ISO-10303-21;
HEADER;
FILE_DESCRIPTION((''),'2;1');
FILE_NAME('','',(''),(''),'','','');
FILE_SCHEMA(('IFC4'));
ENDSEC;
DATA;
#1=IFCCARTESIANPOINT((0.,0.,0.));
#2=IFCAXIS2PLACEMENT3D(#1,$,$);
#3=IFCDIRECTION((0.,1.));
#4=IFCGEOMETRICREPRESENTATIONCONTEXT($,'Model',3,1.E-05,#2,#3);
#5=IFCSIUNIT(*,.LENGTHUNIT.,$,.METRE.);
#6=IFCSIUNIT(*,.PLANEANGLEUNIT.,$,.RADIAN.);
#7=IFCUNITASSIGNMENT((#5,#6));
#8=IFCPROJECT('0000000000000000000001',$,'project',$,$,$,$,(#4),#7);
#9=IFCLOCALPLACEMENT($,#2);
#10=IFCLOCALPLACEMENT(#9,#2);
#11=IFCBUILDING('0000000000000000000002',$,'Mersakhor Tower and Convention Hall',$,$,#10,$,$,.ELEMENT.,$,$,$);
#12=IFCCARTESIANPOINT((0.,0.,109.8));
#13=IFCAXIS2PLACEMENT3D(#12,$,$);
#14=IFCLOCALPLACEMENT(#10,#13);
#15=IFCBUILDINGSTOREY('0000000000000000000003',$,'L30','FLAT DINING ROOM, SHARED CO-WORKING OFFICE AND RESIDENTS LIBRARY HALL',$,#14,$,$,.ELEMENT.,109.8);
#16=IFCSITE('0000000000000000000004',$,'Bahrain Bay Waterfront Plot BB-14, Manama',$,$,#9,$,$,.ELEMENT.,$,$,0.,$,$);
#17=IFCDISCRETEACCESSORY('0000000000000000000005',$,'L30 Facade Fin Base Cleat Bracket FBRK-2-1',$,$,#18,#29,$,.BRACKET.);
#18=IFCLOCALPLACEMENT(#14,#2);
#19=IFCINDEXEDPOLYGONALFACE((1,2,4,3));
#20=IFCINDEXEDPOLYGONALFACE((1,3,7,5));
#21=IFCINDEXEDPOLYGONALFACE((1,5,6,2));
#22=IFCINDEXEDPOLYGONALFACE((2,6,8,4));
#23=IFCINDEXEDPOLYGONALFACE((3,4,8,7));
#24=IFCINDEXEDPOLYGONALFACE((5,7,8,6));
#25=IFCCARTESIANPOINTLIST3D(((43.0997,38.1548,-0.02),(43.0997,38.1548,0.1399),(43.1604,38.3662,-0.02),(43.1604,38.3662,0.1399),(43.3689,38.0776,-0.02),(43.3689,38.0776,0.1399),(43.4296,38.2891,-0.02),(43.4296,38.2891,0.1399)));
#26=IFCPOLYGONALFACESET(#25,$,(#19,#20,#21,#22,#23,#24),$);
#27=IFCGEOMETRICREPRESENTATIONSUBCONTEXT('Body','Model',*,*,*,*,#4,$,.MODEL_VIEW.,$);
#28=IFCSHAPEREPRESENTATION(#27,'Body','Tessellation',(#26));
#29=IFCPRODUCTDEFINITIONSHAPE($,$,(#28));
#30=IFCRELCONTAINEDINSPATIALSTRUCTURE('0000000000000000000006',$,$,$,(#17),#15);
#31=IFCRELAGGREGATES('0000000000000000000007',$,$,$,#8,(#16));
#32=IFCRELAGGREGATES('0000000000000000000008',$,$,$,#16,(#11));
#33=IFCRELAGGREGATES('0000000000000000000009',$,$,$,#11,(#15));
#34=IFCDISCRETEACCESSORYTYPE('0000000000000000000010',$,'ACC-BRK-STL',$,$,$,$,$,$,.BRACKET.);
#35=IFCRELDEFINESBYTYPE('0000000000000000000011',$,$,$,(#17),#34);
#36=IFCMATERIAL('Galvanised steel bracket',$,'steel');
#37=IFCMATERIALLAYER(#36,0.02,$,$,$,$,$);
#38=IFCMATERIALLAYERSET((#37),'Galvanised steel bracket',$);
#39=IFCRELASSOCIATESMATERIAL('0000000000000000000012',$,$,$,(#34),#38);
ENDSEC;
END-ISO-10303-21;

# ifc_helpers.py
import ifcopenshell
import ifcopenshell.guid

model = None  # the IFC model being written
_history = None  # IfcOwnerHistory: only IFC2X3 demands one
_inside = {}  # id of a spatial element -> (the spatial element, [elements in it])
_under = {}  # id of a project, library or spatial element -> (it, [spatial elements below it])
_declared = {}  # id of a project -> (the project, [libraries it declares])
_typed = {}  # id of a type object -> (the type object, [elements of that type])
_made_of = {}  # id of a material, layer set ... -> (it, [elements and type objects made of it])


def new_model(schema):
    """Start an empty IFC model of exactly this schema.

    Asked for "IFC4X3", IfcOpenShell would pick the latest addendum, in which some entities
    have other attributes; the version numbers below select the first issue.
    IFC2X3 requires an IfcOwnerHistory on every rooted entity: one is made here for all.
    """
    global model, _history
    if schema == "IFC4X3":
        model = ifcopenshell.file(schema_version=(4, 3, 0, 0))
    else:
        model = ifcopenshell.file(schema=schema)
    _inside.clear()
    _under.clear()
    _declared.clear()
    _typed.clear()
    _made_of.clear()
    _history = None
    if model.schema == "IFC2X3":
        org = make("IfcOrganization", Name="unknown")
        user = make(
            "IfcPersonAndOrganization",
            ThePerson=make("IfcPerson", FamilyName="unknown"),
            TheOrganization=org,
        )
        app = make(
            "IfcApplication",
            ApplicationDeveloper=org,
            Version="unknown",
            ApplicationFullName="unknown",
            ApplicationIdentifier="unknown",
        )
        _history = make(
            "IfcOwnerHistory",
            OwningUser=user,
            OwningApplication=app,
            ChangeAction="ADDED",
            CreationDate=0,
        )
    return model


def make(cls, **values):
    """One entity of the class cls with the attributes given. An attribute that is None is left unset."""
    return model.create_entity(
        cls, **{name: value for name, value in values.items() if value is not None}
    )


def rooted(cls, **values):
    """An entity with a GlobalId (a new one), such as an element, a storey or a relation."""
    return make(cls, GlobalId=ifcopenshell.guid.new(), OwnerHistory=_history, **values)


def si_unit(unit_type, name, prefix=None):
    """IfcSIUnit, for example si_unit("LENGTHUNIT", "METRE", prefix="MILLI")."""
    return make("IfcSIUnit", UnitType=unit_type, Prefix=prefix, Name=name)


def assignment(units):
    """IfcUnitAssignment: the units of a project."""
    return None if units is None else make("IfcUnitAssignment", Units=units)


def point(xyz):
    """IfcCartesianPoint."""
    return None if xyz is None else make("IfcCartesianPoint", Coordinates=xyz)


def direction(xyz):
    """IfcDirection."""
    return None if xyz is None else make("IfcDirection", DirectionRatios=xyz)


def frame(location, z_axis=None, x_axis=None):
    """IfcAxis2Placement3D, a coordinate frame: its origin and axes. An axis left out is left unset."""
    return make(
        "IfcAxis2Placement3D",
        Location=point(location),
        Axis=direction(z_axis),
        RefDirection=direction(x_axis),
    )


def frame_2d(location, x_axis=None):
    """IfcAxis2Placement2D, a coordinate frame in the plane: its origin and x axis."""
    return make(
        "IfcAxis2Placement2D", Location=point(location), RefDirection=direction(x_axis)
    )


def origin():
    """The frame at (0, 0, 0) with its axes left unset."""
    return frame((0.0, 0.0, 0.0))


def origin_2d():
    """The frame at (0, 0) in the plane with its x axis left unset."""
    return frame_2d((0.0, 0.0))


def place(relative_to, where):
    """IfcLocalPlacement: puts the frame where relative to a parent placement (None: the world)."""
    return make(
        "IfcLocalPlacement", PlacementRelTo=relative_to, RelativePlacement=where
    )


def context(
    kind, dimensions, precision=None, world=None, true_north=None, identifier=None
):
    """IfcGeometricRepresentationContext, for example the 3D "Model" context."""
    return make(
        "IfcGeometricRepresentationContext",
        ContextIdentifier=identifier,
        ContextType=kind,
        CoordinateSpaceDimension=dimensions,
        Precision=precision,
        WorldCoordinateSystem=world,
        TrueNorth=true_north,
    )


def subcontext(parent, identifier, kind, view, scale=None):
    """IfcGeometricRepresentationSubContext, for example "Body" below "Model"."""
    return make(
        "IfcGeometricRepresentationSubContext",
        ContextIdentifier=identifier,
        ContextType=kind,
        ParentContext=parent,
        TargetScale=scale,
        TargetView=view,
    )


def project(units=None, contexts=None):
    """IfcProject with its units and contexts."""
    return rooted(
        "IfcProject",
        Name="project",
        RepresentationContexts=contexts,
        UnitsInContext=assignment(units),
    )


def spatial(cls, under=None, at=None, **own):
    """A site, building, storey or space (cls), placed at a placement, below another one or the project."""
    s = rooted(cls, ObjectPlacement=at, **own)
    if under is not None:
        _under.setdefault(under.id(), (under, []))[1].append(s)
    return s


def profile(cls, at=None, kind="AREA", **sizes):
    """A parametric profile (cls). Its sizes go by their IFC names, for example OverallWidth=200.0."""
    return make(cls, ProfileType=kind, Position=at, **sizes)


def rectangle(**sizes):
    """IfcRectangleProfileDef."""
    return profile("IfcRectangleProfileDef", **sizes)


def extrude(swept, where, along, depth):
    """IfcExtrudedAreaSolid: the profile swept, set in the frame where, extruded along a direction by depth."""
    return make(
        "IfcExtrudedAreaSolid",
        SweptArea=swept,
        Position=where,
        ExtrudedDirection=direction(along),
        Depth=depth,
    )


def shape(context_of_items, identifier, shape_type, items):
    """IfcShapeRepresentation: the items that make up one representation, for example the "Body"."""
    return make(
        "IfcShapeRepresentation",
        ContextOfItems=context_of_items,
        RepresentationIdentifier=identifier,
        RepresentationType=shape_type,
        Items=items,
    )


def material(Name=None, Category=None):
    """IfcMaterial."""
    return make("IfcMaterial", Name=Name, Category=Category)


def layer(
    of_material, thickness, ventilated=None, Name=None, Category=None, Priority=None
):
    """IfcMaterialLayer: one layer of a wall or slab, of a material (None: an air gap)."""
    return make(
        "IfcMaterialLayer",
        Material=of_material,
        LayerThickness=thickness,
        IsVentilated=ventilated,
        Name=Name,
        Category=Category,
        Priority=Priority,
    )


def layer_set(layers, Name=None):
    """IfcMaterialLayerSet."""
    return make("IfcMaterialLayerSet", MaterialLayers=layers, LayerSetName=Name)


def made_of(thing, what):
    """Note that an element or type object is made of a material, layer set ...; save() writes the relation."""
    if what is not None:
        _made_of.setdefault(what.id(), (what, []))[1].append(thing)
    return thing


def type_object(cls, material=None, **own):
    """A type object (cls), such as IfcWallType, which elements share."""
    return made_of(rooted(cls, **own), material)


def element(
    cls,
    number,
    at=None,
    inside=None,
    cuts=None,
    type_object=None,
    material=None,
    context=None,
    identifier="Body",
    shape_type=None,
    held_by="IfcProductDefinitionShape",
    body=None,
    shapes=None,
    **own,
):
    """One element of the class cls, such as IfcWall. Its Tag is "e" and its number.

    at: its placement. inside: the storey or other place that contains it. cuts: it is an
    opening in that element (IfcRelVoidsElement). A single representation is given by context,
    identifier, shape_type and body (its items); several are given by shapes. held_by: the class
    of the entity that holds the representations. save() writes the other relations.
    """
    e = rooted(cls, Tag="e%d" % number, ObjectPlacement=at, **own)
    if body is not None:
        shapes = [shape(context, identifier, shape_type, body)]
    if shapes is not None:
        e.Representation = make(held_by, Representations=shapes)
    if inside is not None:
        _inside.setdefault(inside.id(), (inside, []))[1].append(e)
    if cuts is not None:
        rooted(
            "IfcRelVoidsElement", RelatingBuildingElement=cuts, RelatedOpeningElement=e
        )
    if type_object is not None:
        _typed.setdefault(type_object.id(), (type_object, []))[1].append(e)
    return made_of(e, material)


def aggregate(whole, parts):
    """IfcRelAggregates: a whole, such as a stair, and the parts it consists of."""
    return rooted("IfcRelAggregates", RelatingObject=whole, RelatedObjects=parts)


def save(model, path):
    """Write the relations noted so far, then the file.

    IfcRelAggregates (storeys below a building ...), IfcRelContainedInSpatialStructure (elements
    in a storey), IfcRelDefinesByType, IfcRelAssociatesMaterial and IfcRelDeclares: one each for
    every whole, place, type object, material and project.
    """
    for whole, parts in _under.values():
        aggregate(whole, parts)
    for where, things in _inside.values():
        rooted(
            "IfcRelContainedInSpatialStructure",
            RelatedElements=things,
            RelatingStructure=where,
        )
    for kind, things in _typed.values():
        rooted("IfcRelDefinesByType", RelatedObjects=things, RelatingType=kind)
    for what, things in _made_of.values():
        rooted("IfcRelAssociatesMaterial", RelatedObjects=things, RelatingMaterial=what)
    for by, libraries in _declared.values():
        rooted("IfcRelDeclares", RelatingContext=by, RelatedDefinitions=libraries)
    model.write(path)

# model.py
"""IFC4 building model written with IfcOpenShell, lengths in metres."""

from ifc_helpers import new_model, si_unit, direction, frame, origin, origin_2d, place, context, subcontext, project, spatial, rectangle, extrude, material, layer, layer_set, type_object, element, save


model = new_model("IFC4")

# Units and contexts
model_context = context("Model", 3, precision=1e-05, world=origin(), true_north=direction((0.0, 1.0)))
body_context = subcontext(model_context, "Body", "Model", "MODEL_VIEW")
ifc_project = project(units=[si_unit("LENGTHUNIT", "METRE"), si_unit("PLANEANGLEUNIT", "RADIAN")], contexts=[model_context])

# Site, building, storey
site_placement = place(None, origin())
site = spatial("IfcSite", under=ifc_project, at=site_placement, Name="Bahrain Bay Waterfront Plot BB-14, Manama", CompositionType="ELEMENT", RefElevation=0.0)
building_placement = place(site_placement, origin())
building = spatial("IfcBuilding", under=site, at=building_placement, Name="Mersakhor Tower and Convention Hall", CompositionType="ELEMENT")
storey_placement = place(building_placement, frame((0.0, 0.0, 109.8)))
storey = spatial("IfcBuildingStorey", under=building, at=storey_placement, Name="L30", Description="FLAT DINING ROOM, SHARED CO-WORKING OFFICE AND RESIDENTS LIBRARY HALL", CompositionType="ELEMENT", Elevation=109.8)

# Discrete accessory
ifc_material_1 = material(Name="Galvanised steel bracket", Category="steel")
ifc_layer_1 = layer(ifc_material_1, 0.02)
ifc_layer_set_1 = layer_set([ifc_layer_1], Name="Galvanised steel bracket")
discrete_accessory_type = type_object("IfcDiscreteAccessoryType", Name="ACC-BRK-STL", PredefinedType="BRACKET", material=ifc_layer_set_1)
discrete_accessory_placement = place(storey_placement, frame((43.2646, 38.2219, -0.02), z_axis=(0.0, 0.0, 1.0), x_axis=(0.961262, -0.275637, 0.0)))
element("IfcDiscreteAccessory", 1, at=discrete_accessory_placement, inside=storey, type_object=discrete_accessory_type, Name="L30 Facade Fin Base Cleat Bracket FBRK-2-1", PredefinedType="BRACKET", context=body_context, shape_type="SweptSolid", body=[
    extrude(rectangle(XDim=0.28, YDim=0.22, at=origin_2d()), origin(), (0.0, 0.0, 1.0), 0.1599),
])

save(model, "model.ifc")
